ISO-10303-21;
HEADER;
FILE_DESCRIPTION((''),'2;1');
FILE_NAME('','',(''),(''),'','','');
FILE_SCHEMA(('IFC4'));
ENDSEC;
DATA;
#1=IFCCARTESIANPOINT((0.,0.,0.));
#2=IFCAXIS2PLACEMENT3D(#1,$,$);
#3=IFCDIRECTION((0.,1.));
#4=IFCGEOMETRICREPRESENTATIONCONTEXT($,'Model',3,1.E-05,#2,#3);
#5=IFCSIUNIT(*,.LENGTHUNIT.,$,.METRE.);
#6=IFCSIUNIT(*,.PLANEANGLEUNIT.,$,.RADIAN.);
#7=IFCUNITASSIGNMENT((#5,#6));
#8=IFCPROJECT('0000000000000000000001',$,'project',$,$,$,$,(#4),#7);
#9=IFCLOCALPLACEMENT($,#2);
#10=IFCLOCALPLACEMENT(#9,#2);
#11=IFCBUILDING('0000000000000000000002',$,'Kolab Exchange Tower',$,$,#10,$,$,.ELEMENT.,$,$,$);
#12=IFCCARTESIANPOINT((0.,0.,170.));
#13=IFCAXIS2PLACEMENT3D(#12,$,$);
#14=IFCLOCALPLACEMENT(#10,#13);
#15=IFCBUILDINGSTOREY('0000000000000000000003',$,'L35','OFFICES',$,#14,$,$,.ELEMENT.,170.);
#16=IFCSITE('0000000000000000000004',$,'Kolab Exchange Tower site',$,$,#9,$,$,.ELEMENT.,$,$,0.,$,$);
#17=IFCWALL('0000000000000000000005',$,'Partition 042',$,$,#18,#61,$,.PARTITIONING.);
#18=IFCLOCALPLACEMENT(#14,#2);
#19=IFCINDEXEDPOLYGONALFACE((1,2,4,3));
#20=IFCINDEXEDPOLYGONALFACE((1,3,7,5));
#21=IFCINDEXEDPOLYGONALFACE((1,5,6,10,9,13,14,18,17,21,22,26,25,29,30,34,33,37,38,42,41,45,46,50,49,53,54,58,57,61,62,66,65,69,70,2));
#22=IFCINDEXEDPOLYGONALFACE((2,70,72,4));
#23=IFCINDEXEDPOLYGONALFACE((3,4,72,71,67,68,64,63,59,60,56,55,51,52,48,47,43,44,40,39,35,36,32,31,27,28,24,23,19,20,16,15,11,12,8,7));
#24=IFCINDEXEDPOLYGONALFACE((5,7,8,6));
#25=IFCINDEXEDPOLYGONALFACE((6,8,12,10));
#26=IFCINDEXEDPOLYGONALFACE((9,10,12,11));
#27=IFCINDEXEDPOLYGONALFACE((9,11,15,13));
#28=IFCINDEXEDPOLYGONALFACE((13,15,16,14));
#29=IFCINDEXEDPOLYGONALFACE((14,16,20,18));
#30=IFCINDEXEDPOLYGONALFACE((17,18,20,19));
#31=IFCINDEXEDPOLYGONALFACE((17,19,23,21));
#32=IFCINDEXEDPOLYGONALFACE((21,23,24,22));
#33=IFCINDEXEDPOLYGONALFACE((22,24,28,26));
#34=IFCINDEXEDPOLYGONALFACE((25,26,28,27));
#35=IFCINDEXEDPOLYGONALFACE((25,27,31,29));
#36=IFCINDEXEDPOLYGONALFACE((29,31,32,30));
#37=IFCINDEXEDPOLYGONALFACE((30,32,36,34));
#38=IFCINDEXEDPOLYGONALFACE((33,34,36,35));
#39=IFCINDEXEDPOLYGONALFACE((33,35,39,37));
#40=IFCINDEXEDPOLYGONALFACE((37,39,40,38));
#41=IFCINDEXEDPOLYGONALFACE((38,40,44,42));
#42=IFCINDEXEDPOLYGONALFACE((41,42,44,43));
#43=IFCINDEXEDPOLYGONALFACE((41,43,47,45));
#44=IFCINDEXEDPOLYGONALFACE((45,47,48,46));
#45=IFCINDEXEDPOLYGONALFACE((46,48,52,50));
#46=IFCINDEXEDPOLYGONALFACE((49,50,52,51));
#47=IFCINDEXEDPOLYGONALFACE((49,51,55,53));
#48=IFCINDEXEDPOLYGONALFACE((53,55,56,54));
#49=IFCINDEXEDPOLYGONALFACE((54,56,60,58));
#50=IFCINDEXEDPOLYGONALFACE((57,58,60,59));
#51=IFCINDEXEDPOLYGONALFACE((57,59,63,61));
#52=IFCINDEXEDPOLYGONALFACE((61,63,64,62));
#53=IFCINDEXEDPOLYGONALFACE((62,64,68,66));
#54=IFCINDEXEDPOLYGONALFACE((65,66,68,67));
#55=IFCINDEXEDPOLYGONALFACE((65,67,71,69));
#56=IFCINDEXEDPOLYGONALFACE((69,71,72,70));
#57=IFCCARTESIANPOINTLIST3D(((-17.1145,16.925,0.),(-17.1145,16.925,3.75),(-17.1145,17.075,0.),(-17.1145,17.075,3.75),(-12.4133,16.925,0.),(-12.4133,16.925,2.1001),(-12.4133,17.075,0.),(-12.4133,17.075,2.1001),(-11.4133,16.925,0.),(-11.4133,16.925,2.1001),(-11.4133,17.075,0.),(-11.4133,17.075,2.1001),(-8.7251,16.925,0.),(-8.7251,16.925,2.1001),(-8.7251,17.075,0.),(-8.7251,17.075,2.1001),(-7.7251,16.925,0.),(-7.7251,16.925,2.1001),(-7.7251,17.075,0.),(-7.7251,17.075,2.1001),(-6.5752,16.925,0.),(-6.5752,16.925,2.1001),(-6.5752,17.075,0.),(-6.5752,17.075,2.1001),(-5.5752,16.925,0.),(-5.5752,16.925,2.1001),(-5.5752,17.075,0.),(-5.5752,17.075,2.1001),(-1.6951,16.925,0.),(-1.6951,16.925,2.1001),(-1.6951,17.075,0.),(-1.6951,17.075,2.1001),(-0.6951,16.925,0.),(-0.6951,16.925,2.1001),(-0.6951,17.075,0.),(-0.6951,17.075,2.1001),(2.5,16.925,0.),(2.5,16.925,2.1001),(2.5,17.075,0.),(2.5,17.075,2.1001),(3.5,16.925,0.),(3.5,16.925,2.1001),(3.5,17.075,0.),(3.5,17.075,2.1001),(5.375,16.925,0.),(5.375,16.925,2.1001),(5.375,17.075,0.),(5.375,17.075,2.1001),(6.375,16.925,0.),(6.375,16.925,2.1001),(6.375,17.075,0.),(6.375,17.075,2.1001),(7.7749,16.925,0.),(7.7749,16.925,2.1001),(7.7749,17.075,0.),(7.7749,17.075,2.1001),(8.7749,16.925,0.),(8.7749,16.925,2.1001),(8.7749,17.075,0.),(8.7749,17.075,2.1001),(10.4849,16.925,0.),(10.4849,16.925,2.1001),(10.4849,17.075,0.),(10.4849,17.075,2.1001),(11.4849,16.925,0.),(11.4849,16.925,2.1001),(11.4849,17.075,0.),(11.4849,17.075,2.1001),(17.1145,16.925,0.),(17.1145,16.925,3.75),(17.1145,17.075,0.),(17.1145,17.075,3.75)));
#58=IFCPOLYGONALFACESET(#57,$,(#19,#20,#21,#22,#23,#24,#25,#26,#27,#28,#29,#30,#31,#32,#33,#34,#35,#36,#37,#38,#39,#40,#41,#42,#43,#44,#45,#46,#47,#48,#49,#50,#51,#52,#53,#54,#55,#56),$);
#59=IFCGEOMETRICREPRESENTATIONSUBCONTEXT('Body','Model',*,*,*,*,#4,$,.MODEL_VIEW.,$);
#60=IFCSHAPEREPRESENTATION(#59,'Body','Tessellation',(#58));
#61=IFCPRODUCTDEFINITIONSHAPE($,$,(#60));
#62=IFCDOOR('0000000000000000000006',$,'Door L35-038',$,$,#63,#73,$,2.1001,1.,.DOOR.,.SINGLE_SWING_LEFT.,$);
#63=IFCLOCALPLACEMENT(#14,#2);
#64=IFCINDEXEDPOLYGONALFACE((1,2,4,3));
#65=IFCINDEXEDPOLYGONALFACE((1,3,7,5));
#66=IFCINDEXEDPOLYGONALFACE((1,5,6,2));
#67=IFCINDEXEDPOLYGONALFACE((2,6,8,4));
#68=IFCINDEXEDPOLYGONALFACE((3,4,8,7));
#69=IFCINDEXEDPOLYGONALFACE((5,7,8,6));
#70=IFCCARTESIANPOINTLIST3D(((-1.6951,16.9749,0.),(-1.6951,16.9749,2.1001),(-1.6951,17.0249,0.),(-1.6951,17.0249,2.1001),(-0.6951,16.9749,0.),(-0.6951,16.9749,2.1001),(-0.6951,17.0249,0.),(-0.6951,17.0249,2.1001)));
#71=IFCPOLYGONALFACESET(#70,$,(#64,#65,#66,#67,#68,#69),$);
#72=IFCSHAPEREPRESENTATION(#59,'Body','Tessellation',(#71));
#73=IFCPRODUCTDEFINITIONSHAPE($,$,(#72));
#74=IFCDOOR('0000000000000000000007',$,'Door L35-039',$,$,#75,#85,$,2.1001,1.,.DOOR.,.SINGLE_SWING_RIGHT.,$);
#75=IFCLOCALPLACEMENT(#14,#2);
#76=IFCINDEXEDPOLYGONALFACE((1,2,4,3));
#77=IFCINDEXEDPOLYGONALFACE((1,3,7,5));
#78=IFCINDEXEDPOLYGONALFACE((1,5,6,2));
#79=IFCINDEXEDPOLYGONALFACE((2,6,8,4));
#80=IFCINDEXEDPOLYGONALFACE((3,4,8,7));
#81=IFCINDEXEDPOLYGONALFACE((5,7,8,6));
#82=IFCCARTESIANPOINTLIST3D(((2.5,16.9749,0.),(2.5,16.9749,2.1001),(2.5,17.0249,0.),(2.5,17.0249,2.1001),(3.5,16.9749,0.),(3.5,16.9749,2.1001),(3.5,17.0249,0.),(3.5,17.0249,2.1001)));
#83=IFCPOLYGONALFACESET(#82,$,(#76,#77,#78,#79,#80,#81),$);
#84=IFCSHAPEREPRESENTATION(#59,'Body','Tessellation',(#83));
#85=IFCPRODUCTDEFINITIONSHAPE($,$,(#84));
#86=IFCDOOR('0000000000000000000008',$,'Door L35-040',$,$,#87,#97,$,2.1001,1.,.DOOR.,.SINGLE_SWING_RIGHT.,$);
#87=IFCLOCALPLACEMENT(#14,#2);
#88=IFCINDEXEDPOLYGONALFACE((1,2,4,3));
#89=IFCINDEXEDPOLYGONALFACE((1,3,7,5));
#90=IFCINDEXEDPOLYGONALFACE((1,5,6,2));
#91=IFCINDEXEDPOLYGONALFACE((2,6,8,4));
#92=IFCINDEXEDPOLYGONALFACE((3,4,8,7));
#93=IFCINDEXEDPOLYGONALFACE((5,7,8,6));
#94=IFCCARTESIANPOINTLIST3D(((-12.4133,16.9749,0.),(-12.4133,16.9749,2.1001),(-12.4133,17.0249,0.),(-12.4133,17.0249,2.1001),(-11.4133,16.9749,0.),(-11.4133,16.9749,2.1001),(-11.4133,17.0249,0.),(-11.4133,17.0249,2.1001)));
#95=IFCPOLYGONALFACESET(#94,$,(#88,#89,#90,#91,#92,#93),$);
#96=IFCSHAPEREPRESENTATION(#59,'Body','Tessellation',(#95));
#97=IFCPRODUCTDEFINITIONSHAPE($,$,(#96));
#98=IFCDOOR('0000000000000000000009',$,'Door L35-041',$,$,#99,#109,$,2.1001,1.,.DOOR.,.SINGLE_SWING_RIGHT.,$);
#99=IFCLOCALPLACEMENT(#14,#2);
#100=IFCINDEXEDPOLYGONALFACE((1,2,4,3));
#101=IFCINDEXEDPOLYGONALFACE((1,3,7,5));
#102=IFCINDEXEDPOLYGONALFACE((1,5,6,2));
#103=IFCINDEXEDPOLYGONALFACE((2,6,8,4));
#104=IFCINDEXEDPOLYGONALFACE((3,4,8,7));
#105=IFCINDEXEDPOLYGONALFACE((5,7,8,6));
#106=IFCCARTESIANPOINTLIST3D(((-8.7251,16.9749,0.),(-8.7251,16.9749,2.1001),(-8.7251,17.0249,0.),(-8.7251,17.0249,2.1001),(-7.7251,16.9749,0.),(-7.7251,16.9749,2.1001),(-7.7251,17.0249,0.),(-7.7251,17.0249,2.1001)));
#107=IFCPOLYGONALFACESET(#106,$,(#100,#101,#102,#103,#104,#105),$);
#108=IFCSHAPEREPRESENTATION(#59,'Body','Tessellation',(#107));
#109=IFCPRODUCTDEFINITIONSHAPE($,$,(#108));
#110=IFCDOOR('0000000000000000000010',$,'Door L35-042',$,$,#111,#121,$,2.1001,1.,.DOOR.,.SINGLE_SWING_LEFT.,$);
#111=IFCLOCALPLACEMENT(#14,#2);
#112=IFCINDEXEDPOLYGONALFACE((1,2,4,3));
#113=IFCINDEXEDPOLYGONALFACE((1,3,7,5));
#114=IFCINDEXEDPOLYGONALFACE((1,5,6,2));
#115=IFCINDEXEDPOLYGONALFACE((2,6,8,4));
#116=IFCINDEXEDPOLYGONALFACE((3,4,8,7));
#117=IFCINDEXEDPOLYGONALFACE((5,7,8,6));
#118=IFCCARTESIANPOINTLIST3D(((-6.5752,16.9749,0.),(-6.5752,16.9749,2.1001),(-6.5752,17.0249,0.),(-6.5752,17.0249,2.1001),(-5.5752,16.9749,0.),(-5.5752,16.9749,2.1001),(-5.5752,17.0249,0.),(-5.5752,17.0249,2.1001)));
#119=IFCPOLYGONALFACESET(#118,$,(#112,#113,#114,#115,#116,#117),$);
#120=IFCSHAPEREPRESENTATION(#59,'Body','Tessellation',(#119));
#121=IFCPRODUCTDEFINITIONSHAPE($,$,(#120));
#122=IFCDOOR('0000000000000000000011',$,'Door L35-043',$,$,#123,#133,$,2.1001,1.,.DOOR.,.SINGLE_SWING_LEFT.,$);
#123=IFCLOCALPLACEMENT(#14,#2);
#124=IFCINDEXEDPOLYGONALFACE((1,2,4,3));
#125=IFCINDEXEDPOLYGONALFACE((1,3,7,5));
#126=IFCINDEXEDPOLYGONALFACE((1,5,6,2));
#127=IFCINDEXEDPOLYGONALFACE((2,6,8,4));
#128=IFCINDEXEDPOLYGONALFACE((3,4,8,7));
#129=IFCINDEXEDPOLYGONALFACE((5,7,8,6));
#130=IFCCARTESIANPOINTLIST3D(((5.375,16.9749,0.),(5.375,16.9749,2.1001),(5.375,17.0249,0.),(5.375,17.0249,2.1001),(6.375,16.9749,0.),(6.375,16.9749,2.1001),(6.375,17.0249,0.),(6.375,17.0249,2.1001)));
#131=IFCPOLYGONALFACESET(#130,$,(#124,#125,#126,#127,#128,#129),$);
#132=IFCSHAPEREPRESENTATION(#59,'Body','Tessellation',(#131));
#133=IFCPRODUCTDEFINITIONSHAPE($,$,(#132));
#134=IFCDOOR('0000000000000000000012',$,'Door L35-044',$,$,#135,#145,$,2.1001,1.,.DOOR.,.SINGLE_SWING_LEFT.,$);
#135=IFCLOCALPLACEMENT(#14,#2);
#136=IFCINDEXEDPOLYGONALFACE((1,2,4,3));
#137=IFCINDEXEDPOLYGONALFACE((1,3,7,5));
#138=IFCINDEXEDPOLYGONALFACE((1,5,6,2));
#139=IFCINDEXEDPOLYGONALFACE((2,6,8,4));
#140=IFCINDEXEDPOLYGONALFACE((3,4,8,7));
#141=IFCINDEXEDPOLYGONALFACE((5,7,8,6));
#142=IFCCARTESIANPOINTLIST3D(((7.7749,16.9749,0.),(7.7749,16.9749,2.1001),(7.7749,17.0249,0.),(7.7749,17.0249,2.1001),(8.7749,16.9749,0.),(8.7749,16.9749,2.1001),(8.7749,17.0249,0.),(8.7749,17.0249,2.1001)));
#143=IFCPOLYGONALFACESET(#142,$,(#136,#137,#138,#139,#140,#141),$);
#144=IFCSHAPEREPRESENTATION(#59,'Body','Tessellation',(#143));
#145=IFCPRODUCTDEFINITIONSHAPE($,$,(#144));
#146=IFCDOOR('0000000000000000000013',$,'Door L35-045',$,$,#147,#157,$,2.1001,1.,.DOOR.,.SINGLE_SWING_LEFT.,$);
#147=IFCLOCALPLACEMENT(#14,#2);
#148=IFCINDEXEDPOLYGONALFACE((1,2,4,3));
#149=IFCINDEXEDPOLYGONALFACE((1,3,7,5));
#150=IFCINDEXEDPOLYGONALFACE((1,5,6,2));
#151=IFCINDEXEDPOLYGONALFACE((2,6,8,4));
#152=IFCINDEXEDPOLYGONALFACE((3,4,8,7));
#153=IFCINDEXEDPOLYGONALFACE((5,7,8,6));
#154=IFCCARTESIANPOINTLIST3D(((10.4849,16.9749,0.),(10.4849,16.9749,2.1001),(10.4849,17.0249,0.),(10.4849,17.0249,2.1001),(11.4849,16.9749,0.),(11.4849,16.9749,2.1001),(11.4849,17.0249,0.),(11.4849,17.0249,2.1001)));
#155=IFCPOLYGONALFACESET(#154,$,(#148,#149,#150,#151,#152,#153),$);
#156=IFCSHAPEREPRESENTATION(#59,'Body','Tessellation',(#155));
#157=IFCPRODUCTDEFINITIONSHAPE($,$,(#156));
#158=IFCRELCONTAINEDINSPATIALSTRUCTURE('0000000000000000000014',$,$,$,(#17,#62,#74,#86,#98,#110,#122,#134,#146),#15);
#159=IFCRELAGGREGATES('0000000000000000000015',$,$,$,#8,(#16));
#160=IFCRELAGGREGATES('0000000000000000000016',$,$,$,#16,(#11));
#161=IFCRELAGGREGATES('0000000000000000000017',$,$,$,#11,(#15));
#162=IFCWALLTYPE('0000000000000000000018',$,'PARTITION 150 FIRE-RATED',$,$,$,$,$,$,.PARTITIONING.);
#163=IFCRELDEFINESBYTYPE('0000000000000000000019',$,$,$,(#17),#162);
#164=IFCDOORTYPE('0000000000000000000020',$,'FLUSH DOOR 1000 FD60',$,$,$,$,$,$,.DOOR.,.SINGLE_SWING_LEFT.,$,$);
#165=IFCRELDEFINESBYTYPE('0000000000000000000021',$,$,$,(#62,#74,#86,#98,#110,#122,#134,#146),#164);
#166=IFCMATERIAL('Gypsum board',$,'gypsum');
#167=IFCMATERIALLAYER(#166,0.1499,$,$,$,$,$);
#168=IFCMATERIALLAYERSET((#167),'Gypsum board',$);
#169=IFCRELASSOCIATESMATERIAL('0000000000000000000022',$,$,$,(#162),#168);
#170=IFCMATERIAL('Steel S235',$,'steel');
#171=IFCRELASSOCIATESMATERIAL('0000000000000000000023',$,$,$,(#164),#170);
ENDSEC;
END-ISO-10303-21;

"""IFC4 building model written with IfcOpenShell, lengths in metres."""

from ifc_helpers import new_model, si_unit, direction, frame, frame_2d, origin, place, context, subcontext, project, spatial, rectangle, extrude, material, layer, layer_set, type_object, element, fill, save


model = new_model("IFC4")

# Units and contexts
model_context = context("Model", 3, precision=1e-05, world=origin(), true_north=direction((0.0, 1.0)))
body_context = subcontext(model_context, "Body", "Model", "MODEL_VIEW")
ifc_project = project(units=[si_unit("LENGTHUNIT", "METRE"), si_unit("PLANEANGLEUNIT", "RADIAN")], contexts=[model_context])

# Site, building, storey
site_placement = place(None, origin())
site = spatial("IfcSite", under=ifc_project, at=site_placement, Name="Kolab Exchange Tower site", CompositionType="ELEMENT", RefElevation=0.0)
building_placement = place(site_placement, origin())
building = spatial("IfcBuilding", under=site, at=building_placement, Name="Kolab Exchange Tower", CompositionType="ELEMENT")
storey_placement = place(building_placement, frame((0.0, 0.0, 170.0)))
storey = spatial("IfcBuildingStorey", under=building, at=storey_placement, Name="L35", Description="OFFICES", CompositionType="ELEMENT", Elevation=170.0)

# Wall, openings, doors
ifc_material_1 = material(Name="Gypsum board", Category="gypsum")
ifc_layer_1 = layer(ifc_material_1, 0.1499)
ifc_layer_set_1 = layer_set([ifc_layer_1], Name="Gypsum board")
wall_type = type_object("IfcWallType", Name="PARTITION 150 FIRE-RATED", PredefinedType="PARTITIONING", material=ifc_layer_set_1)
wall_placement = place(storey_placement, frame((-17.1145, 17.0, 0.0), z_axis=(0.0, 0.0, 1.0), x_axis=(1.0, 0.0, 0.0)))
wall = element("IfcWall", 1, at=wall_placement, inside=storey, type_object=wall_type, Name="Partition 042", PredefinedType="PARTITIONING", context=body_context, shape_type="SweptSolid", body=[
    extrude(rectangle(XDim=34.229, YDim=0.1499, at=frame_2d((17.1145, 0.0))), origin(), (0.0, 0.0, 1.0), 3.75),
])
opening_1_placement = place(wall_placement, frame((15.4194, 0.0, 0.0)))
opening_1 = element("IfcOpeningElement", 2, at=opening_1_placement, cuts=wall, PredefinedType="OPENING", context=body_context, shape_type="SweptSolid", body=[
    extrude(rectangle(XDim=1.0, YDim=2.1001, at=frame_2d((0.5, 1.05))), frame((0.0, 0.085, 0.0), z_axis=(0.0, -1.0, 0.0), x_axis=(1.0, 0.0, 0.0)), (0.0, 0.0, 1.0), 0.1699),
])
opening_2_placement = place(wall_placement, frame((19.6145, 0.0, 0.0)))
opening_2 = element("IfcOpeningElement", 3, at=opening_2_placement, cuts=wall, PredefinedType="OPENING", context=body_context, shape_type="SweptSolid", body=[
    extrude(rectangle(XDim=1.0, YDim=2.1001, at=frame_2d((0.5, 1.05))), frame((0.0, 0.085, 0.0), z_axis=(0.0, -1.0, 0.0), x_axis=(1.0, 0.0, 0.0)), (0.0, 0.0, 1.0), 0.1699),
])
opening_3_placement = place(wall_placement, frame((4.7012, 0.0, 0.0)))
opening_3 = element("IfcOpeningElement", 4, at=opening_3_placement, cuts=wall, PredefinedType="OPENING", context=body_context, shape_type="SweptSolid", body=[
    extrude(rectangle(XDim=1.0, YDim=2.1001, at=frame_2d((0.5, 1.05))), frame((0.0, 0.085, 0.0), z_axis=(0.0, -1.0, 0.0), x_axis=(1.0, 0.0, 0.0)), (0.0, 0.0, 1.0), 0.1699),
])
opening_4_placement = place(wall_placement, frame((8.3894, 0.0, 0.0)))
opening_4 = element("IfcOpeningElement", 5, at=opening_4_placement, cuts=wall, PredefinedType="OPENING", context=body_context, shape_type="SweptSolid", body=[
    extrude(rectangle(XDim=1.0, YDim=2.1001, at=frame_2d((0.5, 1.05))), frame((0.0, 0.085, 0.0), z_axis=(0.0, -1.0, 0.0), x_axis=(1.0, 0.0, 0.0)), (0.0, 0.0, 1.0), 0.1699),
])
opening_5_placement = place(wall_placement, frame((10.5393, 0.0, 0.0)))
opening_5 = element("IfcOpeningElement", 6, at=opening_5_placement, cuts=wall, PredefinedType="OPENING", context=body_context, shape_type="SweptSolid", body=[
    extrude(rectangle(XDim=1.0, YDim=2.1001, at=frame_2d((0.5, 1.05))), frame((0.0, 0.085, 0.0), z_axis=(0.0, -1.0, 0.0), x_axis=(1.0, 0.0, 0.0)), (0.0, 0.0, 1.0), 0.1699),
])
opening_6_placement = place(wall_placement, frame((22.4895, 0.0, 0.0)))
opening_6 = element("IfcOpeningElement", 7, at=opening_6_placement, cuts=wall, PredefinedType="OPENING", context=body_context, shape_type="SweptSolid", body=[
    extrude(rectangle(XDim=1.0, YDim=2.1001, at=frame_2d((0.5, 1.05))), frame((0.0, 0.085, 0.0), z_axis=(0.0, -1.0, 0.0), x_axis=(1.0, 0.0, 0.0)), (0.0, 0.0, 1.0), 0.1699),
])
opening_7_placement = place(wall_placement, frame((24.8894, 0.0, 0.0)))
opening_7 = element("IfcOpeningElement", 8, at=opening_7_placement, cuts=wall, PredefinedType="OPENING", context=body_context, shape_type="SweptSolid", body=[
    extrude(rectangle(XDim=1.0, YDim=2.1001, at=frame_2d((0.5, 1.05))), frame((0.0, 0.085, 0.0), z_axis=(0.0, -1.0, 0.0), x_axis=(1.0, 0.0, 0.0)), (0.0, 0.0, 1.0), 0.1699),
])
opening_8_placement = place(wall_placement, frame((27.5994, 0.0, 0.0)))
opening_8 = element("IfcOpeningElement", 9, at=opening_8_placement, cuts=wall, PredefinedType="OPENING", context=body_context, shape_type="SweptSolid", body=[
    extrude(rectangle(XDim=1.0, YDim=2.1001, at=frame_2d((0.5, 1.05))), frame((0.0, 0.085, 0.0), z_axis=(0.0, -1.0, 0.0), x_axis=(1.0, 0.0, 0.0)), (0.0, 0.0, 1.0), 0.1699),
])
ifc_material_2 = material(Name="Steel S235", Category="steel")
door_type = type_object("IfcDoorType", Name="FLUSH DOOR 1000 FD60", OperationType="SINGLE_SWING_LEFT", PredefinedType="DOOR", material=ifc_material_2)
door_1_placement = place(opening_1_placement, origin())
door_1 = element("IfcDoor", 10, at=door_1_placement, inside=storey, type_object=door_type, Name="Door L35-038", OperationType="SINGLE_SWING_LEFT", OverallHeight=2.1001, OverallWidth=1.0, PredefinedType="DOOR", context=body_context, shape_type="SweptSolid", body=[
    extrude(rectangle(XDim=1.0, YDim=2.1001, at=frame_2d((0.5, 1.05))), frame((0.0, 0.0249, 0.0), z_axis=(0.0, -1.0, 0.0), x_axis=(1.0, 0.0, 0.0)), (0.0, 0.0, 1.0), 0.05),
])
fill(opening_1, door_1)
door_2_placement = place(opening_2_placement, origin())
door_2 = element("IfcDoor", 11, at=door_2_placement, inside=storey, type_object=door_type, Name="Door L35-039", OperationType="SINGLE_SWING_RIGHT", OverallHeight=2.1001, OverallWidth=1.0, PredefinedType="DOOR", context=body_context, shape_type="SweptSolid", body=[
    extrude(rectangle(XDim=1.0, YDim=2.1001, at=frame_2d((0.5, 1.05))), frame((0.0, 0.0249, 0.0), z_axis=(0.0, -1.0, 0.0), x_axis=(1.0, 0.0, 0.0)), (0.0, 0.0, 1.0), 0.05),
])
fill(opening_2, door_2)
door_3_placement = place(opening_3_placement, origin())
door_3 = element("IfcDoor", 12, at=door_3_placement, inside=storey, type_object=door_type, Name="Door L35-040", OperationType="SINGLE_SWING_RIGHT", OverallHeight=2.1001, OverallWidth=1.0, PredefinedType="DOOR", context=body_context, shape_type="SweptSolid", body=[
    extrude(rectangle(XDim=1.0, YDim=2.1001, at=frame_2d((0.5, 1.05))), frame((0.0, 0.0249, 0.0), z_axis=(0.0, -1.0, 0.0), x_axis=(1.0, 0.0, 0.0)), (0.0, 0.0, 1.0), 0.05),
])
fill(opening_3, door_3)
door_4_placement = place(opening_4_placement, origin())
door_4 = element("IfcDoor", 13, at=door_4_placement, inside=storey, type_object=door_type, Name="Door L35-041", OperationType="SINGLE_SWING_RIGHT", OverallHeight=2.1001, OverallWidth=1.0, PredefinedType="DOOR", context=body_context, shape_type="SweptSolid", body=[
    extrude(rectangle(XDim=1.0, YDim=2.1001, at=frame_2d((0.5, 1.05))), frame((0.0, 0.0249, 0.0), z_axis=(0.0, -1.0, 0.0), x_axis=(1.0, 0.0, 0.0)), (0.0, 0.0, 1.0), 0.05),
])
fill(opening_4, door_4)
door_5_placement = place(opening_5_placement, origin())
door_5 = element("IfcDoor", 14, at=door_5_placement, inside=storey, type_object=door_type, Name="Door L35-042", OperationType="SINGLE_SWING_LEFT", OverallHeight=2.1001, OverallWidth=1.0, PredefinedType="DOOR", context=body_context, shape_type="SweptSolid", body=[
    extrude(rectangle(XDim=1.0, YDim=2.1001, at=frame_2d((0.5, 1.05))), frame((0.0, 0.0249, 0.0), z_axis=(0.0, -1.0, 0.0), x_axis=(1.0, 0.0, 0.0)), (0.0, 0.0, 1.0), 0.05),
])
fill(opening_5, door_5)
door_6_placement = place(opening_6_placement, origin())
door_6 = element("IfcDoor", 15, at=door_6_placement, inside=storey, type_object=door_type, Name="Door L35-043", OperationType="SINGLE_SWING_LEFT", OverallHeight=2.1001, OverallWidth=1.0, PredefinedType="DOOR", context=body_context, shape_type="SweptSolid", body=[
    extrude(rectangle(XDim=1.0, YDim=2.1001, at=frame_2d((0.5, 1.05))), frame((0.0, 0.0249, 0.0), z_axis=(0.0, -1.0, 0.0), x_axis=(1.0, 0.0, 0.0)), (0.0, 0.0, 1.0), 0.05),
])
fill(opening_6, door_6)
door_7_placement = place(opening_7_placement, origin())
door_7 = element("IfcDoor", 16, at=door_7_placement, inside=storey, type_object=door_type, Name="Door L35-044", OperationType="SINGLE_SWING_LEFT", OverallHeight=2.1001, OverallWidth=1.0, PredefinedType="DOOR", context=body_context, shape_type="SweptSolid", body=[
    extrude(rectangle(XDim=1.0, YDim=2.1001, at=frame_2d((0.5, 1.05))), frame((0.0, 0.0249, 0.0), z_axis=(0.0, -1.0, 0.0), x_axis=(1.0, 0.0, 0.0)), (0.0, 0.0, 1.0), 0.05),
])
fill(opening_7, door_7)
door_8_placement = place(opening_8_placement, origin())
door_8 = element("IfcDoor", 17, at=door_8_placement, inside=storey, type_object=door_type, Name="Door L35-045", OperationType="SINGLE_SWING_LEFT", OverallHeight=2.1001, OverallWidth=1.0, PredefinedType="DOOR", context=body_context, shape_type="SweptSolid", body=[
    extrude(rectangle(XDim=1.0, YDim=2.1001, at=frame_2d((0.5, 1.05))), frame((0.0, 0.0249, 0.0), z_axis=(0.0, -1.0, 0.0), x_axis=(1.0, 0.0, 0.0)), (0.0, 0.0, 1.0), 0.05),
])
fill(opening_8, door_8)

save(model, "model.ifc")
